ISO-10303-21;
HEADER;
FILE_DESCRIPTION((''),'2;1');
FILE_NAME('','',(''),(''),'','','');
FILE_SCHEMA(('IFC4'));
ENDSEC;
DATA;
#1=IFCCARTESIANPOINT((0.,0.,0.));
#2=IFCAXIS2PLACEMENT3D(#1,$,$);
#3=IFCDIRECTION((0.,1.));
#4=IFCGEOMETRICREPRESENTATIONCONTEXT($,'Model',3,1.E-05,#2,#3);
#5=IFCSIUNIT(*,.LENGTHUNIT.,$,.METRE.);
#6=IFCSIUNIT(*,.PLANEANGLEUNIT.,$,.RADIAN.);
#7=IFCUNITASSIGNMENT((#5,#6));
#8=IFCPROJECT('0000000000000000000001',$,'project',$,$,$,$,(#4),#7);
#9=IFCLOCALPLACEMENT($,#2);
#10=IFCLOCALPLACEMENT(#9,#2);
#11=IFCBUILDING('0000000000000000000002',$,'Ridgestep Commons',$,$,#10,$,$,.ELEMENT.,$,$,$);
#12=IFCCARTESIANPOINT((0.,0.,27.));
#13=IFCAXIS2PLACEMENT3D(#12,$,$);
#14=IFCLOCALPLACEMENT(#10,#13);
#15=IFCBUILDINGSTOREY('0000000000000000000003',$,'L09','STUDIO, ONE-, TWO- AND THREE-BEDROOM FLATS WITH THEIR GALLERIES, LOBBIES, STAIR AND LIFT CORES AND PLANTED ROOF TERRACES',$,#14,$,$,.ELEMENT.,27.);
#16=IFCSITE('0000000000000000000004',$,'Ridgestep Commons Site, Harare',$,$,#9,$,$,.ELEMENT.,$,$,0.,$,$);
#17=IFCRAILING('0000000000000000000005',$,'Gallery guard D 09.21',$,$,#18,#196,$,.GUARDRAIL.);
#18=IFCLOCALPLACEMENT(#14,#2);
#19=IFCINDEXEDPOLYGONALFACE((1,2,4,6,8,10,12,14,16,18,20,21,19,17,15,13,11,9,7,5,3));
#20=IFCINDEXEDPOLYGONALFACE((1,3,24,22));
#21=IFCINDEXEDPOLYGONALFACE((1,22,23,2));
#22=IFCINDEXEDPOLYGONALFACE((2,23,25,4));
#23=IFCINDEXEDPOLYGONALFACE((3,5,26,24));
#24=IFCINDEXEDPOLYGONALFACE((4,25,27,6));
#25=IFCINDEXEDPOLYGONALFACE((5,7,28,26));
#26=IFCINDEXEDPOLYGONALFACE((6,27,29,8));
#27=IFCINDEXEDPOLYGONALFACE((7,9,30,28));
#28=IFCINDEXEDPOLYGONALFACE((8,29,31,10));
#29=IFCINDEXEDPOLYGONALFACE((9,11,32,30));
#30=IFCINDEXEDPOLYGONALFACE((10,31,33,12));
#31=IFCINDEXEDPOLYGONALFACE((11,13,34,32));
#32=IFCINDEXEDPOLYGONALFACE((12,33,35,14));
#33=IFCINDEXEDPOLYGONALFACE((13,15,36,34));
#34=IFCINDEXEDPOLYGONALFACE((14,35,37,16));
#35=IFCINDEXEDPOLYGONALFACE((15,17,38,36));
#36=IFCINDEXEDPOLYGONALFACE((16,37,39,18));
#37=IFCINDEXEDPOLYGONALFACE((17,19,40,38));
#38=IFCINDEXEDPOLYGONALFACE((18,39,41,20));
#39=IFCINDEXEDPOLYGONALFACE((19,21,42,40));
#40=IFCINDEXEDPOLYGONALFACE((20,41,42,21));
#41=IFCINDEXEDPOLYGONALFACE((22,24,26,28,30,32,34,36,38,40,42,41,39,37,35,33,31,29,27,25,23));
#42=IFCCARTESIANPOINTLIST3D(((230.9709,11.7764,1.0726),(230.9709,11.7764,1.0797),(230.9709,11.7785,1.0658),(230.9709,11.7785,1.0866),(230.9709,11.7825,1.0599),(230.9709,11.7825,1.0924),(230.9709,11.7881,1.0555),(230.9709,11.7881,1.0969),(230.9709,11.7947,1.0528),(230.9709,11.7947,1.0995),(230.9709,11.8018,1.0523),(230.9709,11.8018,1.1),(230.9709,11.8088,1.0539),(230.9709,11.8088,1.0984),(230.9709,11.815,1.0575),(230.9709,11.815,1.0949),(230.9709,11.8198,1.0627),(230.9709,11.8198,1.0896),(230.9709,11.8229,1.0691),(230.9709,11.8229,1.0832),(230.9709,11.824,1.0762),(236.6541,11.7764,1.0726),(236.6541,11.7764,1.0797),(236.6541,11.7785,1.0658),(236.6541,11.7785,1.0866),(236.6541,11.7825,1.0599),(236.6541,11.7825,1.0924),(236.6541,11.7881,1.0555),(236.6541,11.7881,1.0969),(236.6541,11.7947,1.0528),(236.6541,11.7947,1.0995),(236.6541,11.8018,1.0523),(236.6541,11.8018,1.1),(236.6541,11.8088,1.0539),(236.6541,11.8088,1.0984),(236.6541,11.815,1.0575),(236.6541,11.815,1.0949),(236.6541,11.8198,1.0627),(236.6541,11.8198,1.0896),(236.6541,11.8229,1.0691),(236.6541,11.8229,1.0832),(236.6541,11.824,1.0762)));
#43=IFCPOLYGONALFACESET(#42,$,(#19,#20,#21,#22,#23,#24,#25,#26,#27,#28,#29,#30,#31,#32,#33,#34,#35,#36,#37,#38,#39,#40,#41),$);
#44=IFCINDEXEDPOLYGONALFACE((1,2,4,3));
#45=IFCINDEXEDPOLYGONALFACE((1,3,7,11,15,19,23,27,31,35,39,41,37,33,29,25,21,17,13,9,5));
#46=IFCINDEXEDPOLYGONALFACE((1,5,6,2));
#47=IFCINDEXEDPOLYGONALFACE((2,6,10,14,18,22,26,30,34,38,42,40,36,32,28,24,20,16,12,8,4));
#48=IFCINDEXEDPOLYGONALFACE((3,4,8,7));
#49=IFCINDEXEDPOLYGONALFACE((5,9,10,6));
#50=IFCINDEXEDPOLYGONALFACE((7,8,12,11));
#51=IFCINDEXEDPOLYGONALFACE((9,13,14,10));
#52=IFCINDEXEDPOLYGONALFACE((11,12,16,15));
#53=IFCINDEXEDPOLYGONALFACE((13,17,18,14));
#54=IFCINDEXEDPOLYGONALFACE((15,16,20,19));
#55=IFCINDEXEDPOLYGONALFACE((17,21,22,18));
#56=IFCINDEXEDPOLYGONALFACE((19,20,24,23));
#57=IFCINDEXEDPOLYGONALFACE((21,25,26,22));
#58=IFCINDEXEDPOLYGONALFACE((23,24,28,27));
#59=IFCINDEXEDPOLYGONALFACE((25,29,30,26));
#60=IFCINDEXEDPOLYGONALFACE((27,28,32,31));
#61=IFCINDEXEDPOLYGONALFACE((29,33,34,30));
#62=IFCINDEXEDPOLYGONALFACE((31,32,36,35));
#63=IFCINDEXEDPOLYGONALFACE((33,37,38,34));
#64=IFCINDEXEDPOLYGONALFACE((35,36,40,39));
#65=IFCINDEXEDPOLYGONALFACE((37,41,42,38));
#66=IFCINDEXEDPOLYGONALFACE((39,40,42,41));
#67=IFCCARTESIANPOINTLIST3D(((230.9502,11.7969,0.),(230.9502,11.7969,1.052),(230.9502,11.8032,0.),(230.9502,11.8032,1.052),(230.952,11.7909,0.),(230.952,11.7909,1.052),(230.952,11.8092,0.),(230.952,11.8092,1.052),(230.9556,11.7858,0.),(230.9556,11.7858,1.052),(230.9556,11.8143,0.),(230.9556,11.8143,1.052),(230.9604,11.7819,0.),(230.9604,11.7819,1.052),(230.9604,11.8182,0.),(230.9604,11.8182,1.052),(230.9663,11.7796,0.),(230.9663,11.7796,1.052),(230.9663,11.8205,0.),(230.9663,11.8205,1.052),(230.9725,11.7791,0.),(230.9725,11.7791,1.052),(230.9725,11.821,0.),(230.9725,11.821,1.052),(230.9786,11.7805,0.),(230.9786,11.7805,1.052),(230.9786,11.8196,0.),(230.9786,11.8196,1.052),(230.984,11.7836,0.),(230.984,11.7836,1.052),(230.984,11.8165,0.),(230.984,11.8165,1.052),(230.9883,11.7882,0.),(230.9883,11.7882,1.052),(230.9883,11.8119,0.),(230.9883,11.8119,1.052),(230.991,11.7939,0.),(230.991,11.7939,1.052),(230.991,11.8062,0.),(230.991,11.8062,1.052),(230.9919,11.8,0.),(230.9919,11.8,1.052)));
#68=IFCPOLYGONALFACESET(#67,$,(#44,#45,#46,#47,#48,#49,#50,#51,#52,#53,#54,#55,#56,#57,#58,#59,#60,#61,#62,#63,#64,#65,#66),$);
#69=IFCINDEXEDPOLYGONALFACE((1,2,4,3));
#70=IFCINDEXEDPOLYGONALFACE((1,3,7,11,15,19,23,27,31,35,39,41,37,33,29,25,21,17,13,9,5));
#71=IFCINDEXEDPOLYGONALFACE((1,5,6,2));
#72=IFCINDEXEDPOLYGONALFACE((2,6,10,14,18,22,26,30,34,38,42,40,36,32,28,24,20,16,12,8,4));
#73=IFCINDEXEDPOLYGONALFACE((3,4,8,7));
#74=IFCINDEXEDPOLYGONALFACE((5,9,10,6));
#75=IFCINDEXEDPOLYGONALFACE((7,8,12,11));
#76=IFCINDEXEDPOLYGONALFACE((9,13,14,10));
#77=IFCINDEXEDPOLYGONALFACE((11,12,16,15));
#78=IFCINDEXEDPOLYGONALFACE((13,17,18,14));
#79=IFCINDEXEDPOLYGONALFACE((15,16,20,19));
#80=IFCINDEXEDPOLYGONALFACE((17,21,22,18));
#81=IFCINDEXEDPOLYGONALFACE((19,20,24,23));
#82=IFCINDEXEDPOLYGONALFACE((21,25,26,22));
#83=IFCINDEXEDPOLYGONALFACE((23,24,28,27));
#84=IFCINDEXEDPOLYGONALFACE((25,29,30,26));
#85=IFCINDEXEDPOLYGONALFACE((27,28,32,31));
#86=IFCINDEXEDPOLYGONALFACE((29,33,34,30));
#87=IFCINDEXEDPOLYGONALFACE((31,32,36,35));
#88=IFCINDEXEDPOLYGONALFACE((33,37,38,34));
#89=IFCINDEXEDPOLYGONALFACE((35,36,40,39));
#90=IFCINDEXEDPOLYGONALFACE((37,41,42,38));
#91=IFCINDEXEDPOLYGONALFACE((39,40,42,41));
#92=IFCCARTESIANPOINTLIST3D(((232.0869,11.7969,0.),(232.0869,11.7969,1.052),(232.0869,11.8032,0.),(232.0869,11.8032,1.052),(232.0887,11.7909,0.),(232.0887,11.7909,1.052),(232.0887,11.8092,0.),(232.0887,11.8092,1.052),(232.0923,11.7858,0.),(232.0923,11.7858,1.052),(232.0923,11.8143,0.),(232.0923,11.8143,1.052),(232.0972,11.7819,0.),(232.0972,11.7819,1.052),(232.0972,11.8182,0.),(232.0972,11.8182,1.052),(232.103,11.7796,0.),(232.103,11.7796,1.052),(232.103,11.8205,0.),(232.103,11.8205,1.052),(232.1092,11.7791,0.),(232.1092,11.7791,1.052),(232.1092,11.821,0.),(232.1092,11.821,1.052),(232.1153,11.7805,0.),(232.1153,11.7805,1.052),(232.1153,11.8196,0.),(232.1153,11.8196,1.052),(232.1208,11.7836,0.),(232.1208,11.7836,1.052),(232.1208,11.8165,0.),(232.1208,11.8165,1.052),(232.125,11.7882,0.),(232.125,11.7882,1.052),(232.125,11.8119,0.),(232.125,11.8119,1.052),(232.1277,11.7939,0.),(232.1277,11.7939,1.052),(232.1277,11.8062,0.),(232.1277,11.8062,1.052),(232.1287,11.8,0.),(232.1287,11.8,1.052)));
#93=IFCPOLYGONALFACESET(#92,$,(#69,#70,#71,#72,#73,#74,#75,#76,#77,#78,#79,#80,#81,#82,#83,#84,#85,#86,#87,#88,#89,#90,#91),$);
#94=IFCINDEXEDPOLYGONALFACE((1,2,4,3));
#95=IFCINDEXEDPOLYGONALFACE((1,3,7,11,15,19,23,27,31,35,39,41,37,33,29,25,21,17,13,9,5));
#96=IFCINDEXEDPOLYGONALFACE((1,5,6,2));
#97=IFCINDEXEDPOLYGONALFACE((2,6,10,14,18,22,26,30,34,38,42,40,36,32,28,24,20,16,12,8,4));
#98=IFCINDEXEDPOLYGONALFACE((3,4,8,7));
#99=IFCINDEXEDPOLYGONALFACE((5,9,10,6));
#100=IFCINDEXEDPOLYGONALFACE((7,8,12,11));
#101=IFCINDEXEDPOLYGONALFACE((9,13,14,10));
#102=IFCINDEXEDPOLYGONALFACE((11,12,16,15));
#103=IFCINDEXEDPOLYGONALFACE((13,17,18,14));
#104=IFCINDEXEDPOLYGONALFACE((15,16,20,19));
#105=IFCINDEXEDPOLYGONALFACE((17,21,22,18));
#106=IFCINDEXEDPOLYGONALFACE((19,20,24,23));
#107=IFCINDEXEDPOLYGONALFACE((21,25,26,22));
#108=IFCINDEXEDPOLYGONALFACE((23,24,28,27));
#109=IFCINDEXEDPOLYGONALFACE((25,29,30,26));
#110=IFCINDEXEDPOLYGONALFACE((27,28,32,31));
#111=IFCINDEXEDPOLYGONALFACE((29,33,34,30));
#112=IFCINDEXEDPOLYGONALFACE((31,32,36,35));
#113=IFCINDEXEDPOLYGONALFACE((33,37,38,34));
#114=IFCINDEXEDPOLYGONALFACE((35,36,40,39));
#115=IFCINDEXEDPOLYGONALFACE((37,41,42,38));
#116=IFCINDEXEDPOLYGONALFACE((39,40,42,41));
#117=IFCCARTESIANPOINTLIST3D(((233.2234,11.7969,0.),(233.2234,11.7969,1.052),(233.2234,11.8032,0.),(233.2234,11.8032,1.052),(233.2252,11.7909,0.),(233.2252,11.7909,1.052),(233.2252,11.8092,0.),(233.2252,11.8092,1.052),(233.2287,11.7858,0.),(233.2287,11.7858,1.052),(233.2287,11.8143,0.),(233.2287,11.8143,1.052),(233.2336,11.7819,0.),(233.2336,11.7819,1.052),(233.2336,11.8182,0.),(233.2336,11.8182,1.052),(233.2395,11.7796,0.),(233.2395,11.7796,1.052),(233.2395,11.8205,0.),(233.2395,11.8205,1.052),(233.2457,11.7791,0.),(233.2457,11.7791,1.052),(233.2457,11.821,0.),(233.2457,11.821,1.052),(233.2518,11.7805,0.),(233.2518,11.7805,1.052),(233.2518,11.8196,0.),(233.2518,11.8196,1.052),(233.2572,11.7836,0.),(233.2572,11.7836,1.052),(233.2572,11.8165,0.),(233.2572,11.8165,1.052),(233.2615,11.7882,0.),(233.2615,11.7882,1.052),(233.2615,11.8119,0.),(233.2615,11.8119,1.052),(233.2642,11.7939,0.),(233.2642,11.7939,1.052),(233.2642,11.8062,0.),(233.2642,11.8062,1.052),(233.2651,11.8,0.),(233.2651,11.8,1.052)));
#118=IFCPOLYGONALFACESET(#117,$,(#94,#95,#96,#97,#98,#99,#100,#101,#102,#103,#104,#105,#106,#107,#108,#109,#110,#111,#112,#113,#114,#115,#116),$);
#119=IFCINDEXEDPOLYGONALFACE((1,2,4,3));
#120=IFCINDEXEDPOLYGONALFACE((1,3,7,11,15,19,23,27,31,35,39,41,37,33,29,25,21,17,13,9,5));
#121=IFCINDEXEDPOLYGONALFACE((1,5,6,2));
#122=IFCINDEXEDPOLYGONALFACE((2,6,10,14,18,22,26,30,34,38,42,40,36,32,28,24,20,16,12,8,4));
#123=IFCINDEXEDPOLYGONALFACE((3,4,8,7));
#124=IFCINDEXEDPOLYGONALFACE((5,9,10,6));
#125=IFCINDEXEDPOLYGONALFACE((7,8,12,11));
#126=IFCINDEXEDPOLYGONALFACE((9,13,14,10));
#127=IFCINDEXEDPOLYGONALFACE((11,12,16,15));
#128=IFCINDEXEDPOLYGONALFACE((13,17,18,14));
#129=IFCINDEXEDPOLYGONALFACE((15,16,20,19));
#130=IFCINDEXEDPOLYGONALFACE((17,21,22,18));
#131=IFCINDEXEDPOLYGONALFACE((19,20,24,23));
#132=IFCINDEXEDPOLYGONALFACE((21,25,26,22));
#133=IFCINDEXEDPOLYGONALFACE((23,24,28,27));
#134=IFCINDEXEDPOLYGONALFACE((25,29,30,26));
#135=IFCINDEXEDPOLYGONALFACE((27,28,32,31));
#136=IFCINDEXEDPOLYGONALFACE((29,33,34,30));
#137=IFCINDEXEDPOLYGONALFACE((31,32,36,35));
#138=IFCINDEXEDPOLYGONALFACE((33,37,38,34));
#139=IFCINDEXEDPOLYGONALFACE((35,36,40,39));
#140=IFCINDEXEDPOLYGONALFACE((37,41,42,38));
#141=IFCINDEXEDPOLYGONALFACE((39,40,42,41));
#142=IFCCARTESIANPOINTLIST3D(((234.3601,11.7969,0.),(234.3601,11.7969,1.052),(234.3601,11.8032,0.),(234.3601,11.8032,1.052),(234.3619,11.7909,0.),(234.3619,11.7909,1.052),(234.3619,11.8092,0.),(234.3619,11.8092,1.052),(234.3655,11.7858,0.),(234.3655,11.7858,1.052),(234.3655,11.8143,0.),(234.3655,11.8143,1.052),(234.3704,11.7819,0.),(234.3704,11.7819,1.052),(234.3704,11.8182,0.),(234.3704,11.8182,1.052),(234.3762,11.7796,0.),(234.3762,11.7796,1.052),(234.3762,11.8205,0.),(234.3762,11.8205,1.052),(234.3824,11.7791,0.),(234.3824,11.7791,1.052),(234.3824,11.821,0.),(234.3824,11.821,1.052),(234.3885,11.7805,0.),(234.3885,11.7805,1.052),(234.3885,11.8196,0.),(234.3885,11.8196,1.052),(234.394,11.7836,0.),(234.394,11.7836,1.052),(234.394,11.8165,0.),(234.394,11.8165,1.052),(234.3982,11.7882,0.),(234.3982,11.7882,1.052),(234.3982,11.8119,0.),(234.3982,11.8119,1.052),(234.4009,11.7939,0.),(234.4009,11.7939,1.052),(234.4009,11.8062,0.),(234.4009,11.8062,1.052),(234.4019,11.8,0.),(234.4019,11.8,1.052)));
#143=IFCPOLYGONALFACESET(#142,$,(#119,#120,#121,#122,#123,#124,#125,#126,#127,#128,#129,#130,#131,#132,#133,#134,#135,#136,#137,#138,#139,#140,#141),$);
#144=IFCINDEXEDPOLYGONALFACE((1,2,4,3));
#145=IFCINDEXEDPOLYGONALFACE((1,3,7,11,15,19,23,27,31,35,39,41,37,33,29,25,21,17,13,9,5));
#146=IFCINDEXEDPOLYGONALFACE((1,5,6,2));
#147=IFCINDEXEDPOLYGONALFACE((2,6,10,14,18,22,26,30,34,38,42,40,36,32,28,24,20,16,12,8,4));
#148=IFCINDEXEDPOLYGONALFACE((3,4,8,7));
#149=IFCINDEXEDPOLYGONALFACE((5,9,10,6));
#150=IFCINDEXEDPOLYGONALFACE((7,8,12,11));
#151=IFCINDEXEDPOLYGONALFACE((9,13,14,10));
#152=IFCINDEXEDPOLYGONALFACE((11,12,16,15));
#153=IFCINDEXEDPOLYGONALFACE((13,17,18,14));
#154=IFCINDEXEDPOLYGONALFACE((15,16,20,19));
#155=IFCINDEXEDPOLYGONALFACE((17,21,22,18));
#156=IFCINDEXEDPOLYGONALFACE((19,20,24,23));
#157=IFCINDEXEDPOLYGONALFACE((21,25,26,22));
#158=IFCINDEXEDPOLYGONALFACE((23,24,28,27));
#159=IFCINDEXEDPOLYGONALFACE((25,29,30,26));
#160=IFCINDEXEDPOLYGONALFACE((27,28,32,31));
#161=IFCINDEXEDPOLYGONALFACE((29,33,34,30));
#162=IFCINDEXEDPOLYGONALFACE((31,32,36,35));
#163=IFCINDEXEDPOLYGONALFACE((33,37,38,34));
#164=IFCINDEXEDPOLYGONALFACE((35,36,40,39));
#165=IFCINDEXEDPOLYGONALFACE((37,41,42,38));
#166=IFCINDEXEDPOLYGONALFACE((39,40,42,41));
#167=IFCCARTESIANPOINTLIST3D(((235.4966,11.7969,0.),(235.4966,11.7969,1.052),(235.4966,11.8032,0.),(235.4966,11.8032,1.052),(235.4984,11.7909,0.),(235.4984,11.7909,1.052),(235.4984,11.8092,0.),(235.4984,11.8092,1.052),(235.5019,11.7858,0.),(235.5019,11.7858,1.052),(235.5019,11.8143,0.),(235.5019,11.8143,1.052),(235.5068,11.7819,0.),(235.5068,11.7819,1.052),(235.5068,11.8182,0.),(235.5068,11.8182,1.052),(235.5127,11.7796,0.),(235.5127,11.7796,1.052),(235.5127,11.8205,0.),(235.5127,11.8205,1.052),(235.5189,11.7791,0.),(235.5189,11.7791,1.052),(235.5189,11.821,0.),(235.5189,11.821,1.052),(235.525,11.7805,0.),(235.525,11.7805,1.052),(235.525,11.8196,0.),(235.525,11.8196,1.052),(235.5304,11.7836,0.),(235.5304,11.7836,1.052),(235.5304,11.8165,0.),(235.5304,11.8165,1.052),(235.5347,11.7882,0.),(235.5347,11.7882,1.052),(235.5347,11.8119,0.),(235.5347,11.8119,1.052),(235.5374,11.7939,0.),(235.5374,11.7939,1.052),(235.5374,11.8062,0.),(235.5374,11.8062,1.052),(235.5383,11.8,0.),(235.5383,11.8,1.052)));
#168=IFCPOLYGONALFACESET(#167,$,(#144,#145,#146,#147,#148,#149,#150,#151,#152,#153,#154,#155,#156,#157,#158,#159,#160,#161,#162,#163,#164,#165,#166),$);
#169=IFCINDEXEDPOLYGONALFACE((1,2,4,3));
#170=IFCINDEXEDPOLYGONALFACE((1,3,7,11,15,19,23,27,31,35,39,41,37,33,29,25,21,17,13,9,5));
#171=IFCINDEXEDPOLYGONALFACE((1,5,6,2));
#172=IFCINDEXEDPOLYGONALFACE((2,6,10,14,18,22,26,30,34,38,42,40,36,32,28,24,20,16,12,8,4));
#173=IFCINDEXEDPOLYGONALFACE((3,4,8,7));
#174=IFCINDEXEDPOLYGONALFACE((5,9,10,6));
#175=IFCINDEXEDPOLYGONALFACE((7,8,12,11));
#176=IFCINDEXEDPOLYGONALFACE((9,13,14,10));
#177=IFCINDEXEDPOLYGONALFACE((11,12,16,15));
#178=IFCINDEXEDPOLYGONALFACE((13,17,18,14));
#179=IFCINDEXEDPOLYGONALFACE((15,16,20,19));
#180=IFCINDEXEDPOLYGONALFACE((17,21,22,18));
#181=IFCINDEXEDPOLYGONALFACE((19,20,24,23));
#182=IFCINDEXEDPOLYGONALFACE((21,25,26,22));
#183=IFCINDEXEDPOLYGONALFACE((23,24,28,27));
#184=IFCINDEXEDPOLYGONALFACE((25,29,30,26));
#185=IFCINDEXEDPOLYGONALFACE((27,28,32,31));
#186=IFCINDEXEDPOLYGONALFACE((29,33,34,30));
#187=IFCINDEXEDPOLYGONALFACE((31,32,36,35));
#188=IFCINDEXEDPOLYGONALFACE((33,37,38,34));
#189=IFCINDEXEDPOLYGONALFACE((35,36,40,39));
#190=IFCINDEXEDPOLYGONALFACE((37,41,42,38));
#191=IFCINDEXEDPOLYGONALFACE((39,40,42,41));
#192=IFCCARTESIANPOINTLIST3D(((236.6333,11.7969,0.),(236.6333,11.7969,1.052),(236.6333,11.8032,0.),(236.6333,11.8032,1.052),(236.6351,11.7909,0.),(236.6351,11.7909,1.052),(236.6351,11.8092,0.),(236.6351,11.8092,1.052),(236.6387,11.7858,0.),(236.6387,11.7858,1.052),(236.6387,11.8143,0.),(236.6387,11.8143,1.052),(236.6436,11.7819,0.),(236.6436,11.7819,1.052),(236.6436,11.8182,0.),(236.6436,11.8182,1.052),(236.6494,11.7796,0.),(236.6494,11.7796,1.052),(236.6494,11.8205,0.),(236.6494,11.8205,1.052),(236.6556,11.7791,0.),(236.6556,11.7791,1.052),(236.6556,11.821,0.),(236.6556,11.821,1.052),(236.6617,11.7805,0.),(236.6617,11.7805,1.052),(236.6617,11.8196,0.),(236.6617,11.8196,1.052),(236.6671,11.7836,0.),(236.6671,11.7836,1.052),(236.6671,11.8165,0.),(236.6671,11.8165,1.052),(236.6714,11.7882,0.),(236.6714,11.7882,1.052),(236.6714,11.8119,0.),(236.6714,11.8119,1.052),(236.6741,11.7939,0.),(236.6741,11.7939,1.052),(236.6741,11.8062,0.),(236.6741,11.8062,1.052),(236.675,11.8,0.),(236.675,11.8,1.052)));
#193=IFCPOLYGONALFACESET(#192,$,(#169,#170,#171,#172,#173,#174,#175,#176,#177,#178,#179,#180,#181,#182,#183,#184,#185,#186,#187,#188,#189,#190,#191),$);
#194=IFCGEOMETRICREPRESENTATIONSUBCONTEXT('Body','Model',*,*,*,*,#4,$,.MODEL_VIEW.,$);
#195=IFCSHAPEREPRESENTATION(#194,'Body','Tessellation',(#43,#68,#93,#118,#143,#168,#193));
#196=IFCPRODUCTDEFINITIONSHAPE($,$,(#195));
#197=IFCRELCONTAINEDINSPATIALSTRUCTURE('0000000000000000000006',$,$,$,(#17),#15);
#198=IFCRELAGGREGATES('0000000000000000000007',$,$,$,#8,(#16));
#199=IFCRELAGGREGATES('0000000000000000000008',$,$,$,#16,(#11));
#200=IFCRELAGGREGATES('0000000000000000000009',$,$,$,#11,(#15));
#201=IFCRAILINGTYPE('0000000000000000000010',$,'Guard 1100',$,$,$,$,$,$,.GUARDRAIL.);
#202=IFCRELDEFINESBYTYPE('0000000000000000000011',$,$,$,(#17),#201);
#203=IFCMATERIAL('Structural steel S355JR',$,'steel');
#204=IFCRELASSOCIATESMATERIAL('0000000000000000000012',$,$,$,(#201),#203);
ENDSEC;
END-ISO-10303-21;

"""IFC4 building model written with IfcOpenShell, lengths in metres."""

from ifc_helpers import new_model, si_unit, direction, frame, origin, origin_2d, place, context, subcontext, project, spatial, circle, extrude, material, type_object, element, save


model = new_model("IFC4")

# Units and contexts
model_context = context("Model", 3, precision=1e-05, world=origin(), true_north=direction((0.0, 1.0)))
body_context = subcontext(model_context, "Body", "Model", "MODEL_VIEW")
ifc_project = project(units=[si_unit("LENGTHUNIT", "METRE"), si_unit("PLANEANGLEUNIT", "RADIAN")], contexts=[model_context])

# Site, building, storey
site_placement = place(None, origin())
site = spatial("IfcSite", under=ifc_project, at=site_placement, Name="Ridgestep Commons Site, Harare", CompositionType="ELEMENT", RefElevation=0.0)
building_placement = place(site_placement, origin())
building = spatial("IfcBuilding", under=site, at=building_placement, Name="Ridgestep Commons", CompositionType="ELEMENT")
storey_placement = place(building_placement, frame((0.0, 0.0, 27.0)))
storey = spatial("IfcBuildingStorey", under=building, at=storey_placement, Name="L09", Description="STUDIO, ONE-, TWO- AND THREE-BEDROOM FLATS WITH THEIR GALLERIES, LOBBIES, STAIR AND LIFT CORES AND PLANTED ROOF TERRACES", CompositionType="ELEMENT", Elevation=27.0)

# Railing
ifc_material_1 = material(Name="Structural steel S355JR", Category="steel")
railing_type = type_object("IfcRailingType", Name="Guard 1100", PredefinedType="GUARDRAIL", material=ifc_material_1)
railing_1_placement = place(storey_placement, frame((230.9709, 11.8, 0.0)))
element("IfcRailing", 1, at=railing_1_placement, inside=storey, type_object=railing_type, Name="Gallery guard D 09.21", PredefinedType="GUARDRAIL", context=body_context, shape_type="SweptSolid", body=[
    extrude(circle(Radius=0.0239, at=origin_2d()), frame((0.0, 0.0, 1.0762), z_axis=(1.0, 0.0, 0.0), x_axis=(0.0, 1.0, 0.0)), (0.0, 0.0, 1.0), 5.6831),
    extrude(circle(Radius=0.021, at=origin_2d()), origin(), (0.0, 0.0, 1.0), 1.052),
    extrude(circle(Radius=0.021, at=origin_2d()), frame((1.1367, 0.0, 0.0)), (0.0, 0.0, 1.0), 1.052),
    extrude(circle(Radius=0.021, at=origin_2d()), frame((2.2732, 0.0, 0.0)), (0.0, 0.0, 1.0), 1.052),
    extrude(circle(Radius=0.021, at=origin_2d()), frame((3.4099, 0.0, 0.0)), (0.0, 0.0, 1.0), 1.052),
    extrude(circle(Radius=0.021, at=origin_2d()), frame((4.5464, 0.0, 0.0)), (0.0, 0.0, 1.0), 1.052),
    extrude(circle(Radius=0.021, at=origin_2d()), frame((5.6831, 0.0, 0.0)), (0.0, 0.0, 1.0), 1.052),
])

save(model, "model.ifc")
